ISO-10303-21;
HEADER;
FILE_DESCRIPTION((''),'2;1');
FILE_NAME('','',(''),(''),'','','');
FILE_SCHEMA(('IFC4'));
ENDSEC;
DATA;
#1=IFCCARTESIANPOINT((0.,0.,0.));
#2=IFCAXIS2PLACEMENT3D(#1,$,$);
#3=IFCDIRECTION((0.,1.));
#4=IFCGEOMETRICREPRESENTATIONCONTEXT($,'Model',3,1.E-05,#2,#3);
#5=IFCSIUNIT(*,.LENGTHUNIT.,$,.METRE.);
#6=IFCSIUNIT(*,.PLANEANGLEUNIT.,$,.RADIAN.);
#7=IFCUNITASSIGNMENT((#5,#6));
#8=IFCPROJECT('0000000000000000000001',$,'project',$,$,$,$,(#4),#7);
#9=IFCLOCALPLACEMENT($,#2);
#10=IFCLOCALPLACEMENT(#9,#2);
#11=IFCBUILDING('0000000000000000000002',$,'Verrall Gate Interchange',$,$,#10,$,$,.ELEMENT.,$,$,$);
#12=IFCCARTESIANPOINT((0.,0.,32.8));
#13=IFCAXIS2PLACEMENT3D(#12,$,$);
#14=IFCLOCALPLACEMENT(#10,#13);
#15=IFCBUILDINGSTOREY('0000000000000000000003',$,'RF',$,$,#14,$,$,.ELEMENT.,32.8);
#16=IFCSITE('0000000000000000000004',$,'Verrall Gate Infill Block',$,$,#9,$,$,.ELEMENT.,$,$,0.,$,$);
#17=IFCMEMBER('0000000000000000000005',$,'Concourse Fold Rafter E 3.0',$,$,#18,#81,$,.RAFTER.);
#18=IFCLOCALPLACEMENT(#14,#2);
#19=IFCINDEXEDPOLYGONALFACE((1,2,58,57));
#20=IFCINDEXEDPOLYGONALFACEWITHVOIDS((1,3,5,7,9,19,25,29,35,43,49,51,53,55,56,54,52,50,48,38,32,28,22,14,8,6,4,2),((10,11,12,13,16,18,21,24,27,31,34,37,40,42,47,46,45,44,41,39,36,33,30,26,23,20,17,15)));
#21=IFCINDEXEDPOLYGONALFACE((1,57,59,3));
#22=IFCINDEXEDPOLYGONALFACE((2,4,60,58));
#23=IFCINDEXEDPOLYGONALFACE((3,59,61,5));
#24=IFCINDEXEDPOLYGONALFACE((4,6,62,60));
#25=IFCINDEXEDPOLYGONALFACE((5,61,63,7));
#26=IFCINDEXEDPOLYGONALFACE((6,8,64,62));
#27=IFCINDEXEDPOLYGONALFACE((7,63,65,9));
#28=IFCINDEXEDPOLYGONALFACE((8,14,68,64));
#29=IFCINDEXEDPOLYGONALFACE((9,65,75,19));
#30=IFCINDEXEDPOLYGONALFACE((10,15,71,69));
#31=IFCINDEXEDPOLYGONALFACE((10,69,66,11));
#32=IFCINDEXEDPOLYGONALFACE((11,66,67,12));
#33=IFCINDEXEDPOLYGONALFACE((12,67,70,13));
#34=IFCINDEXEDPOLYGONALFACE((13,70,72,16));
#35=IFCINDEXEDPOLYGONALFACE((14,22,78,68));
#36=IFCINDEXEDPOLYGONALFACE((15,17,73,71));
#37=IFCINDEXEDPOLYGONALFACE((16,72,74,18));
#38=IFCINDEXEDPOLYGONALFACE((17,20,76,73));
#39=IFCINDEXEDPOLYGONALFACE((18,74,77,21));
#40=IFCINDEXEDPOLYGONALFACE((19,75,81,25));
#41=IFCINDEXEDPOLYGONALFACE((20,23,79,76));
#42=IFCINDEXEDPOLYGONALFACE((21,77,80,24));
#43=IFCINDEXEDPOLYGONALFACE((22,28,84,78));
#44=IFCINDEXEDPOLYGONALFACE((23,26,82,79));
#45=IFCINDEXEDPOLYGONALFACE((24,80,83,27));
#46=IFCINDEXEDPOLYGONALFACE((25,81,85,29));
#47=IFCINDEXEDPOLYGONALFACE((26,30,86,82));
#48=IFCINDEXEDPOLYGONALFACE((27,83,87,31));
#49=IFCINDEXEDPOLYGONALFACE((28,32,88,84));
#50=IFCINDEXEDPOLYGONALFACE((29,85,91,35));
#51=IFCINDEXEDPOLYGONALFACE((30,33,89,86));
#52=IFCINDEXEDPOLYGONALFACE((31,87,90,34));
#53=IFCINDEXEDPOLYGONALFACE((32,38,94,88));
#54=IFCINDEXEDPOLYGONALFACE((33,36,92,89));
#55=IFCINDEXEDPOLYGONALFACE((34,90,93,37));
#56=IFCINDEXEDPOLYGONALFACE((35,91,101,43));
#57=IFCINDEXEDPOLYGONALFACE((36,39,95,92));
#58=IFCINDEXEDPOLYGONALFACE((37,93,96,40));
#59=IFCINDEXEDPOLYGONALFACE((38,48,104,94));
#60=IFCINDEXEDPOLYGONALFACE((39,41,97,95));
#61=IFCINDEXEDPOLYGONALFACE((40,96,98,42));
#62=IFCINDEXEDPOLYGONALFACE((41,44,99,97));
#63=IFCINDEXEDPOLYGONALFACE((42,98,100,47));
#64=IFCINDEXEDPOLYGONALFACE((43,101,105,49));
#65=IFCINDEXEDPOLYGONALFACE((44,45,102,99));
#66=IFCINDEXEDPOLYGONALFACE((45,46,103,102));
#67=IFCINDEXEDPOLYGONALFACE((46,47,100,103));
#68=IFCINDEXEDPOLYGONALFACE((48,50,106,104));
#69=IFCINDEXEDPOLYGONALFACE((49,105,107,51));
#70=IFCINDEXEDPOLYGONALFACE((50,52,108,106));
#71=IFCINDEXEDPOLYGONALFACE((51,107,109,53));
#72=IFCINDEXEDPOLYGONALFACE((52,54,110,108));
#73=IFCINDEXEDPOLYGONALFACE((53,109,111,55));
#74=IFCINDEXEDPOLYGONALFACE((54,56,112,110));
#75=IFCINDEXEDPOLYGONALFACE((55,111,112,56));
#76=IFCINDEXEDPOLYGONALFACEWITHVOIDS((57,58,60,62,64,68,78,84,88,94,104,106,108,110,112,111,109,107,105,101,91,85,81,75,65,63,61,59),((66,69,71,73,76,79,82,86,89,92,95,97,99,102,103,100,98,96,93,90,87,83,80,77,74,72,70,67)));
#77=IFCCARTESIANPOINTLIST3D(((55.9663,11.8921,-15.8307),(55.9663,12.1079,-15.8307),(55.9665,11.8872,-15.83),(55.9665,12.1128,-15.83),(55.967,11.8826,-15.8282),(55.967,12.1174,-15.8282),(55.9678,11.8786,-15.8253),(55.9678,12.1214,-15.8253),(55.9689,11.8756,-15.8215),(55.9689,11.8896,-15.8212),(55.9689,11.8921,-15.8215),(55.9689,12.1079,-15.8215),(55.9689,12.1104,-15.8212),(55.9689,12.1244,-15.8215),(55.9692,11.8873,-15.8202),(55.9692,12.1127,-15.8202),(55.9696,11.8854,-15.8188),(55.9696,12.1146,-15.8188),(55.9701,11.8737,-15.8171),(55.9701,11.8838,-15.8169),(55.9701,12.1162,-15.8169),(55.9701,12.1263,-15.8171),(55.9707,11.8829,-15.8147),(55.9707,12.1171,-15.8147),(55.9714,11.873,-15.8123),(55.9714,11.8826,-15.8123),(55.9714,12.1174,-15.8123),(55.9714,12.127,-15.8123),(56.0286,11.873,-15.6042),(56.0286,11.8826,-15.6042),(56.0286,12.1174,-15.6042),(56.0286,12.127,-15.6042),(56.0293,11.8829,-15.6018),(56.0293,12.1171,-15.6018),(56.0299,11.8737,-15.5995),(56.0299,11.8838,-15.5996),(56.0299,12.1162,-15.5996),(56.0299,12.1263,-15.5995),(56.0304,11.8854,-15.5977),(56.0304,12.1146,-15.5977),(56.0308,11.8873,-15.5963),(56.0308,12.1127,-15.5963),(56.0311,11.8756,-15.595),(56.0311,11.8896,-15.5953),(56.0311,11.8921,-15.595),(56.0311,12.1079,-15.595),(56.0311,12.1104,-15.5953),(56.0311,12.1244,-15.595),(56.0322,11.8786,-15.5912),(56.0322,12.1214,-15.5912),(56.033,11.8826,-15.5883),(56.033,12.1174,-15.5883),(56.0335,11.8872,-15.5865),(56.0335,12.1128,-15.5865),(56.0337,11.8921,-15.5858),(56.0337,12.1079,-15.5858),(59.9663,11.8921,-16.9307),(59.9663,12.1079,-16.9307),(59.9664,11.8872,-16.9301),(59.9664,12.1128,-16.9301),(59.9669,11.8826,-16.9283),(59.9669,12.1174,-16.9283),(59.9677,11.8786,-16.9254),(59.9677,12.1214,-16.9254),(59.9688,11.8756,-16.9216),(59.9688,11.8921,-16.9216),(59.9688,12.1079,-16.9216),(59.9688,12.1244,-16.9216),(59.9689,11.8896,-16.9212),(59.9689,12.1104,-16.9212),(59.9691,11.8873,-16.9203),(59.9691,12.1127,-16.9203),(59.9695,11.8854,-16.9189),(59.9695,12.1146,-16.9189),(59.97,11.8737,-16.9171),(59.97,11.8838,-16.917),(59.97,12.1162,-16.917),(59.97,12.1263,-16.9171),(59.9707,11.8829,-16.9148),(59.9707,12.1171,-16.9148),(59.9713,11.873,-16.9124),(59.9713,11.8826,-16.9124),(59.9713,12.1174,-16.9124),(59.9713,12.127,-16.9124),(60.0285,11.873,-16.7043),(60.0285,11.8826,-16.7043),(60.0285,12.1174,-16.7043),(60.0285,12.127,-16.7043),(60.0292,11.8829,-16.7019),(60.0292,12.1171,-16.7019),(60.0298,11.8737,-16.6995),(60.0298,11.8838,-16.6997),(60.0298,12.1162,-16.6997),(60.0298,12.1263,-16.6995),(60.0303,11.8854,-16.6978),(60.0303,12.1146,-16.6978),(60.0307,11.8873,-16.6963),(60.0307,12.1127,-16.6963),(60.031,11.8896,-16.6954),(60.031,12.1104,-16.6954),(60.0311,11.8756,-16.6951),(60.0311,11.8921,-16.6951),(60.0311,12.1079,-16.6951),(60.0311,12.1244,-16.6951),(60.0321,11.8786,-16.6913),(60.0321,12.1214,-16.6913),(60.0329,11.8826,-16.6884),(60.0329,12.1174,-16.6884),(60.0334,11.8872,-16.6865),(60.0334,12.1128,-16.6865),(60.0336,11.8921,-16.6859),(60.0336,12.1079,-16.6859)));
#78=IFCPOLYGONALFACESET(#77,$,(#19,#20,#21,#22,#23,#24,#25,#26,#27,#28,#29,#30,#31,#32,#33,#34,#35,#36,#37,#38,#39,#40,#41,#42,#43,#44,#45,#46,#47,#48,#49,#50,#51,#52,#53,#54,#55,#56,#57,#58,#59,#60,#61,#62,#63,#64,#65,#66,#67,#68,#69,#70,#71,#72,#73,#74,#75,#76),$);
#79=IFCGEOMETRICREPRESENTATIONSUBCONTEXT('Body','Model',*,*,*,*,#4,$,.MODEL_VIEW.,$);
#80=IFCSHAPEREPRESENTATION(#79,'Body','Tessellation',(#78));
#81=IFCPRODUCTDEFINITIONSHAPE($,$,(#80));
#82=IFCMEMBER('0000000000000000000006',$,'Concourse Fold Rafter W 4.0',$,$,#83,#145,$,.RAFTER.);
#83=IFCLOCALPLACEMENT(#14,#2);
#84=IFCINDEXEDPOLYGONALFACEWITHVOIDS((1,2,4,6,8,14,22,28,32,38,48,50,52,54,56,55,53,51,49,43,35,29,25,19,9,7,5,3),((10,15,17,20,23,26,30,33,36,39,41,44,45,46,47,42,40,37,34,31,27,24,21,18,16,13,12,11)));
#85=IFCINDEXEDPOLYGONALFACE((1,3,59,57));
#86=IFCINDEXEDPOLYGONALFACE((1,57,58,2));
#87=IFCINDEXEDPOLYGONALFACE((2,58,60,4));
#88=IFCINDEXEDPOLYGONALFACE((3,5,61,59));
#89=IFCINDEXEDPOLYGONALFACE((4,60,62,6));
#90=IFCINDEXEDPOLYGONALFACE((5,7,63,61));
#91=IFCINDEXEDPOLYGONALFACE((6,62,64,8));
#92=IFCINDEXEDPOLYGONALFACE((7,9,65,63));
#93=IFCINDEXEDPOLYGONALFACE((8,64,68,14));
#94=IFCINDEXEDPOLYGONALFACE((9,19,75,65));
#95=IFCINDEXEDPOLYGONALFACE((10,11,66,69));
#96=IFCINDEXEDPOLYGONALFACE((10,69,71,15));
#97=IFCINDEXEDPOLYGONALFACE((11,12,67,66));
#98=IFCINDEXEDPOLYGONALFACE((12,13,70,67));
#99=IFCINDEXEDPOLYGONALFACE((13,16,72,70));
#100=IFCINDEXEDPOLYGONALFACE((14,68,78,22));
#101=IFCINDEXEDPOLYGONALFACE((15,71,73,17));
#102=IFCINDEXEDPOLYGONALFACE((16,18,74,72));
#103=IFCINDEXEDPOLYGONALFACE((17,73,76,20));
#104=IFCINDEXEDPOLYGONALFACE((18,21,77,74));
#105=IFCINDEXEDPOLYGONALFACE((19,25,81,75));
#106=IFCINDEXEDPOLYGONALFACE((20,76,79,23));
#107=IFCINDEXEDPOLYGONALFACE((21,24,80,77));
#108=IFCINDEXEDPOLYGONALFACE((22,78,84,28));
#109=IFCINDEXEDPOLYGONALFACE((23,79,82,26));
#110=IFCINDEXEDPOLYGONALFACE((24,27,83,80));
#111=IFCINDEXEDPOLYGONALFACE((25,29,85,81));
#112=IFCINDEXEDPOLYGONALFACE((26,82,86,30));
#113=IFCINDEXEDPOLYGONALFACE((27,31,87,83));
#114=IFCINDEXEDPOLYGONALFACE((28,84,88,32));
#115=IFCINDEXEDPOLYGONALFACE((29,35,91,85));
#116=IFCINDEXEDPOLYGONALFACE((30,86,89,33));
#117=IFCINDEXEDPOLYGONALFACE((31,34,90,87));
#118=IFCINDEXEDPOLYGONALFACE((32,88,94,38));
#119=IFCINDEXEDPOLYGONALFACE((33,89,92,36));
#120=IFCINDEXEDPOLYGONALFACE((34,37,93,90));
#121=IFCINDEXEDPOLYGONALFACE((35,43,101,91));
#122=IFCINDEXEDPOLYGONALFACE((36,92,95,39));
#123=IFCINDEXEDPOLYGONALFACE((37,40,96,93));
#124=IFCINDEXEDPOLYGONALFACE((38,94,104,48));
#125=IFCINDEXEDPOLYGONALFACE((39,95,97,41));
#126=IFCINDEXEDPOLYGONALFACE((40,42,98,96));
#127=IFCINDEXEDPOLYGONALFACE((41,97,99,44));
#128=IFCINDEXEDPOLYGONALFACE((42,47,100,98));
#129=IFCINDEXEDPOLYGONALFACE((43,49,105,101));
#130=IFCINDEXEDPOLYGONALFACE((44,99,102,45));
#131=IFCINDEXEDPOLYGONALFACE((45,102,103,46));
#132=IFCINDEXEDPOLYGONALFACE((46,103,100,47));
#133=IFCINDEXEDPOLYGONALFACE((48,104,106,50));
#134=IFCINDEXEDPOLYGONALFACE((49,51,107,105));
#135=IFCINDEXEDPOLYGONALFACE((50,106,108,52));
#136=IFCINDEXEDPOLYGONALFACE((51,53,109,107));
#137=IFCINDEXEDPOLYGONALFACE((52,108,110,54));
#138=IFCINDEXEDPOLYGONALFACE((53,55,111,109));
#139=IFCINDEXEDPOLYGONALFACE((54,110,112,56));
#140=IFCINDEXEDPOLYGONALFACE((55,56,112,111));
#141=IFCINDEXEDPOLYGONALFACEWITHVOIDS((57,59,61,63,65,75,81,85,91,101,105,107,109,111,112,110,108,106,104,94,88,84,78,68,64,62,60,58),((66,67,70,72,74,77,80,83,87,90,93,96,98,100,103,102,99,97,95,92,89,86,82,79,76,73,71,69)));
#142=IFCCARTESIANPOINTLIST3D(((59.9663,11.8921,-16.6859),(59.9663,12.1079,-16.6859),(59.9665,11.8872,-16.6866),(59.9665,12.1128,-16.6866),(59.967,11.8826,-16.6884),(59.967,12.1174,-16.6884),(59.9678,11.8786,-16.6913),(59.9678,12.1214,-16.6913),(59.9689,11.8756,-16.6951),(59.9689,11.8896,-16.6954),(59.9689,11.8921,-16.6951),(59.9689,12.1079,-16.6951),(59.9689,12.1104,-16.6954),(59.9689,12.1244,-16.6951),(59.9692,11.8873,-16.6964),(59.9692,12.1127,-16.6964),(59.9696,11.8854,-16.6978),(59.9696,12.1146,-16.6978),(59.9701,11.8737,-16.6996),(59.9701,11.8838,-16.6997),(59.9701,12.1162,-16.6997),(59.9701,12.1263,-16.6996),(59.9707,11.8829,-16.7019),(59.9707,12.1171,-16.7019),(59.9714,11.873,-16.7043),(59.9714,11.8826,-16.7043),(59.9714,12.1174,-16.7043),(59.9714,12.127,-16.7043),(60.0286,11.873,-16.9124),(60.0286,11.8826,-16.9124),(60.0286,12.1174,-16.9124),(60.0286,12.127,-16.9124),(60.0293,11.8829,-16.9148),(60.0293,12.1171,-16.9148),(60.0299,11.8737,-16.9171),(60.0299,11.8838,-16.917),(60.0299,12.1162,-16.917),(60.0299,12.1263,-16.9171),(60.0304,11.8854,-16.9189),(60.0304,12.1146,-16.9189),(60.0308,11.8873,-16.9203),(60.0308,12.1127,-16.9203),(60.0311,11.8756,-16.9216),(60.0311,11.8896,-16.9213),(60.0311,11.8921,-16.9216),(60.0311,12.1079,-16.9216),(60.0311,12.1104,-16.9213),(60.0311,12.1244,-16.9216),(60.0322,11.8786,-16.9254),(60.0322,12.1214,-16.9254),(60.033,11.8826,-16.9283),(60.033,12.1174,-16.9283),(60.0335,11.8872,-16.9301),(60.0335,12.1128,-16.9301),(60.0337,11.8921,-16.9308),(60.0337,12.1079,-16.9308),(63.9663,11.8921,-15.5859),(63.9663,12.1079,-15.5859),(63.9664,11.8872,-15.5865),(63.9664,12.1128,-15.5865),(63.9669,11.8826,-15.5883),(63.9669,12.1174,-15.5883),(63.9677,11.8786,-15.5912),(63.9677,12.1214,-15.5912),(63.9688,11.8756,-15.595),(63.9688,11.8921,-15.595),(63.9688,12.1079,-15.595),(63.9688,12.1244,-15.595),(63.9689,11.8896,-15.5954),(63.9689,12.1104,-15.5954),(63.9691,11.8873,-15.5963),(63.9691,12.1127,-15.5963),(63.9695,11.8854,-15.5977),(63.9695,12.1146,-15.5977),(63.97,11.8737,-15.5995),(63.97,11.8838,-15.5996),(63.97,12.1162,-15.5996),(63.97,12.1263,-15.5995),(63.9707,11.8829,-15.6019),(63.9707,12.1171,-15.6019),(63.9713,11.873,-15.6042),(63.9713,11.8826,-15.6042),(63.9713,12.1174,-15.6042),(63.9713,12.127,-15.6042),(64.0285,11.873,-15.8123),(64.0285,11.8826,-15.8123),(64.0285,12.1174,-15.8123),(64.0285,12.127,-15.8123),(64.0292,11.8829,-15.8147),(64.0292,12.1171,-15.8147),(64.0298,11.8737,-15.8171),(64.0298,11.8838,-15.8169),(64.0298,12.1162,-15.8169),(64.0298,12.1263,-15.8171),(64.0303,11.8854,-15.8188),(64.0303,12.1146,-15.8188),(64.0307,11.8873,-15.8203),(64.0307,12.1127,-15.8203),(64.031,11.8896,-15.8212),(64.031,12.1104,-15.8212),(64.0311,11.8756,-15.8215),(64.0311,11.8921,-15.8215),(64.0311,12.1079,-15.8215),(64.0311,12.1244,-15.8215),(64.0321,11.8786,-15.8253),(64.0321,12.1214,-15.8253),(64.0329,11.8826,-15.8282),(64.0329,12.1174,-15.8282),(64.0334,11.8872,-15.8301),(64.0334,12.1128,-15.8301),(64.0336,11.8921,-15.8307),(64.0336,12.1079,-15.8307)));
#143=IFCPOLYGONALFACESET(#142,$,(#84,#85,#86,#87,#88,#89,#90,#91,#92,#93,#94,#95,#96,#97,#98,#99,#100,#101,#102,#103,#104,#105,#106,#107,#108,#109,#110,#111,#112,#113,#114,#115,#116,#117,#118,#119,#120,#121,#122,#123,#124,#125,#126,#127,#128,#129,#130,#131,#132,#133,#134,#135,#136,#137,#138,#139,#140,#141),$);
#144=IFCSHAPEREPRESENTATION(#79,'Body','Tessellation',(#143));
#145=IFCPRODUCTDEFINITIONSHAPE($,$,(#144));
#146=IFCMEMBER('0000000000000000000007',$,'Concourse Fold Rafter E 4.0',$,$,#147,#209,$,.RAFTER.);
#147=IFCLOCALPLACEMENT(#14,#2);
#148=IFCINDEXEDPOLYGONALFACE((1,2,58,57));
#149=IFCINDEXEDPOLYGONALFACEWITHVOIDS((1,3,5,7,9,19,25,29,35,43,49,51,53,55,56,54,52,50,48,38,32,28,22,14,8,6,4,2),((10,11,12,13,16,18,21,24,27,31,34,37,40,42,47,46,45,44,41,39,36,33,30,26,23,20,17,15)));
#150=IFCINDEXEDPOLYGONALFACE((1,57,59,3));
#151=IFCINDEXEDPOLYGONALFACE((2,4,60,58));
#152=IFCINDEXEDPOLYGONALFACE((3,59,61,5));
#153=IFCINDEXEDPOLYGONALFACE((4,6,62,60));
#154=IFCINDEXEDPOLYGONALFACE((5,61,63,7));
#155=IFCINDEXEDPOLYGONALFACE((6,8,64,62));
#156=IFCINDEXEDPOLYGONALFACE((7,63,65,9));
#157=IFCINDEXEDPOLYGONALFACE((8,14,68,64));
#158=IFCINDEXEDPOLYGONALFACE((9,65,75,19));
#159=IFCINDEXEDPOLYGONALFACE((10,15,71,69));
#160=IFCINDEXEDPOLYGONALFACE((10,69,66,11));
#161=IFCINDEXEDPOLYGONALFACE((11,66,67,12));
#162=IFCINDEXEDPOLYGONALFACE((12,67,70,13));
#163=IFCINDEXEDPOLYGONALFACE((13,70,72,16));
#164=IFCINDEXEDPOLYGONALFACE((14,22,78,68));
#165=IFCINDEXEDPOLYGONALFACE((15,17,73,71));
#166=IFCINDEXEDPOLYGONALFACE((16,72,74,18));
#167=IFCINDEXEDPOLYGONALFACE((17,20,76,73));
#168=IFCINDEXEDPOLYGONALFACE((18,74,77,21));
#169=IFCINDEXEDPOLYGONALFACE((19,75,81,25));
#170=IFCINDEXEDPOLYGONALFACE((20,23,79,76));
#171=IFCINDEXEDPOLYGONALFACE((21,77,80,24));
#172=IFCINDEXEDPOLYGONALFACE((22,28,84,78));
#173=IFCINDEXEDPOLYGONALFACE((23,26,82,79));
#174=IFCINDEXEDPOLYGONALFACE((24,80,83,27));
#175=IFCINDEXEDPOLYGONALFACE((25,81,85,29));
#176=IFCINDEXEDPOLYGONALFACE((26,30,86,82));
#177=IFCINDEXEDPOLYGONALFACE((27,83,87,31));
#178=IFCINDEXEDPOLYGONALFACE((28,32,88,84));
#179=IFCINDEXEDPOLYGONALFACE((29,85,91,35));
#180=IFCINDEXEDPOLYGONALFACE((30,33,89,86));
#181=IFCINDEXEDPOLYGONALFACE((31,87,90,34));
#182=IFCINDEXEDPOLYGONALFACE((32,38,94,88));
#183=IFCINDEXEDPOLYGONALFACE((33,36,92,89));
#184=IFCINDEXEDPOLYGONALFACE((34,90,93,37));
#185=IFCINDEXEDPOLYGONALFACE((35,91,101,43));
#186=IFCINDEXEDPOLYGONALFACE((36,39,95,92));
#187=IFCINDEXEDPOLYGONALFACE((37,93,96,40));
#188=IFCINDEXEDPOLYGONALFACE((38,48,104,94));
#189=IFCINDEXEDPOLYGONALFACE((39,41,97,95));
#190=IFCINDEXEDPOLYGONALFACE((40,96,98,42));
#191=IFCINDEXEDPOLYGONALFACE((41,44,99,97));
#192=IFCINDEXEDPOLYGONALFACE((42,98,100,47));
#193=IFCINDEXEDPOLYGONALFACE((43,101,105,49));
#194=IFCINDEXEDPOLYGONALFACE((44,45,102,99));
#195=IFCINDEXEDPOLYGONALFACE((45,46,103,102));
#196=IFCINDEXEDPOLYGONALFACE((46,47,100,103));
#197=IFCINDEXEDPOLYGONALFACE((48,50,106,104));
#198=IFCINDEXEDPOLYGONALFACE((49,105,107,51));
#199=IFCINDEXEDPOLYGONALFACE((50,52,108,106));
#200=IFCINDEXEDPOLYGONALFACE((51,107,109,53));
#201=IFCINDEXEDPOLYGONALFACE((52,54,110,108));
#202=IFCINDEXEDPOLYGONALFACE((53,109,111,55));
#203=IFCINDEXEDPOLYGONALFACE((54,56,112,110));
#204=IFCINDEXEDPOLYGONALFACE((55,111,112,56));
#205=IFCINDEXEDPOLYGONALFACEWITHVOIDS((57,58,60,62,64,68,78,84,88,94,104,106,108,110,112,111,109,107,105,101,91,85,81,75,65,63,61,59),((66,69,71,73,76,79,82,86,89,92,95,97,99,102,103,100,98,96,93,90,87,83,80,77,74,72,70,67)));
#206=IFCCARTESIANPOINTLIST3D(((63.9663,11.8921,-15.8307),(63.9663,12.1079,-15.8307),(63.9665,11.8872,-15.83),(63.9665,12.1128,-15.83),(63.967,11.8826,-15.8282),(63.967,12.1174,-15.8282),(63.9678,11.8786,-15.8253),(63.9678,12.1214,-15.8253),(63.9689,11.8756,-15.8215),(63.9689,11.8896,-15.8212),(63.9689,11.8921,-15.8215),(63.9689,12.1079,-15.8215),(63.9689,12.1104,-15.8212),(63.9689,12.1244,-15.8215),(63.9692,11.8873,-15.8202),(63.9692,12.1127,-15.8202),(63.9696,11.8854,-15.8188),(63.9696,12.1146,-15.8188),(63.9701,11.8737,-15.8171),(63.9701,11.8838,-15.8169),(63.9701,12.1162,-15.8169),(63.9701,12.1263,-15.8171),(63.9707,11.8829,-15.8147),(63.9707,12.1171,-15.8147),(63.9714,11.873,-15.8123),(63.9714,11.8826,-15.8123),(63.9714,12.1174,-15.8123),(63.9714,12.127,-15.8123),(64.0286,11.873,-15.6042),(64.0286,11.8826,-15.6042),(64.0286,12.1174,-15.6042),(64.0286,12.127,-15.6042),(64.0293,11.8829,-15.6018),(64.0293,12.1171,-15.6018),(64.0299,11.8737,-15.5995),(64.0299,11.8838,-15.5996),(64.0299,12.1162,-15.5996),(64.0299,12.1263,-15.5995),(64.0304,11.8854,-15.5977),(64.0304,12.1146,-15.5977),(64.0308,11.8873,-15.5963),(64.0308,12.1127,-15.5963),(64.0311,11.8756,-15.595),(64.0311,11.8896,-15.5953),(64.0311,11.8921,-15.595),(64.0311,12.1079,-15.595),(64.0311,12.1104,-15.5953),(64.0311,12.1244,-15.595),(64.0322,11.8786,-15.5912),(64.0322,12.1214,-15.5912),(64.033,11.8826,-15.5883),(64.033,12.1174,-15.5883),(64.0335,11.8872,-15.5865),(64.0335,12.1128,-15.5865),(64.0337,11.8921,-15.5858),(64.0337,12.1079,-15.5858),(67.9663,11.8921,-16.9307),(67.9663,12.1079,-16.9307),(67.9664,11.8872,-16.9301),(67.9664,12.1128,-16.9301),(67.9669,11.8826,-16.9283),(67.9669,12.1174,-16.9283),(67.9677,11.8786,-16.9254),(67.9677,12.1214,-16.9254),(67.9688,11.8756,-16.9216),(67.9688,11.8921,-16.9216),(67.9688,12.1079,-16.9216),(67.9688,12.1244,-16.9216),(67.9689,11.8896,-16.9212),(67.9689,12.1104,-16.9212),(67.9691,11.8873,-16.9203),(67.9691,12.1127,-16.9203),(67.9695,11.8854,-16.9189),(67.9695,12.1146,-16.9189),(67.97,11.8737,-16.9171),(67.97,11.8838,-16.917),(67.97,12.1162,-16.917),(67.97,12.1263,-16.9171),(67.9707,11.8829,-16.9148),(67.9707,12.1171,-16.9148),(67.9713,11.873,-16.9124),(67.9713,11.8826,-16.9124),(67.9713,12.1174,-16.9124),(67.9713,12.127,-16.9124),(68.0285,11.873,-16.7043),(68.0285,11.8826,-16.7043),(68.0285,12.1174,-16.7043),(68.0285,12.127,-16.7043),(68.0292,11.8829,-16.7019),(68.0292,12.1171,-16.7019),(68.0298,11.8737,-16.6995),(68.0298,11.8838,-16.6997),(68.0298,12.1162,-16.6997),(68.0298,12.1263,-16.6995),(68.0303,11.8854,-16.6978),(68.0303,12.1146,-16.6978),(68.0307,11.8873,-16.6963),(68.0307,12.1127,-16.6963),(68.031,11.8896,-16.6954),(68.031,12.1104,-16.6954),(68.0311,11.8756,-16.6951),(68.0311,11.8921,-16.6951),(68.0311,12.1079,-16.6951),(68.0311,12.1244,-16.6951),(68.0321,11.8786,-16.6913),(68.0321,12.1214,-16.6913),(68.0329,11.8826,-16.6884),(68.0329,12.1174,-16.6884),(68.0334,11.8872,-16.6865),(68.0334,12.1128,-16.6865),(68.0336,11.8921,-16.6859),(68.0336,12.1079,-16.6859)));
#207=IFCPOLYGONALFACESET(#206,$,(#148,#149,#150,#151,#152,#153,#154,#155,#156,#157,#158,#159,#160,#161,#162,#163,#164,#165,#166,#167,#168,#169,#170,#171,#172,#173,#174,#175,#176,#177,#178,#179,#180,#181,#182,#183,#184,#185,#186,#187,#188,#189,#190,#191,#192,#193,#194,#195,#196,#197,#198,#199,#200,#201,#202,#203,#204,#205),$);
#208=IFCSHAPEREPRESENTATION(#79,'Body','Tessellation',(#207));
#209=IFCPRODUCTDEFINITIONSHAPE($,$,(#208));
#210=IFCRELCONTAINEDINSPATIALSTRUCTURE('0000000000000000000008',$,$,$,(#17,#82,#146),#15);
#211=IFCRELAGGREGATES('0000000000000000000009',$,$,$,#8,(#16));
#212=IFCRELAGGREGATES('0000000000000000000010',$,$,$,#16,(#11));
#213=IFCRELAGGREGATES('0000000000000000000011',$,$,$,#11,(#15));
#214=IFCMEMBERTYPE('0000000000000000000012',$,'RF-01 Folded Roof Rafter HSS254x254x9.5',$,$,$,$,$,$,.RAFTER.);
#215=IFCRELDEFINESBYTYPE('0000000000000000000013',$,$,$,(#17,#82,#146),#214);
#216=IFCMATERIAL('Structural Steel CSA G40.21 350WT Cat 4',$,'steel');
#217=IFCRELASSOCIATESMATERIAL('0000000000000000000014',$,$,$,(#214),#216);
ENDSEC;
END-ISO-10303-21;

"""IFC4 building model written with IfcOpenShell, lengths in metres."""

from ifc_helpers import new_model, si_unit, direction, frame, origin, origin_2d, place, context, subcontext, project, spatial, hollow_rectangle, extrude, material, material_profile, profile_set, type_object, element, save


model = new_model("IFC4")

# Units and contexts
model_context = context("Model", 3, precision=1e-05, world=origin(), true_north=direction((0.0, 1.0)))
body_context = subcontext(model_context, "Body", "Model", "MODEL_VIEW")
ifc_project = project(units=[si_unit("LENGTHUNIT", "METRE"), si_unit("PLANEANGLEUNIT", "RADIAN")], contexts=[model_context])

# Site, building, storey
site_placement = place(None, origin())
site = spatial("IfcSite", under=ifc_project, at=site_placement, Name="Verrall Gate Infill Block", CompositionType="ELEMENT", RefElevation=0.0)
building_placement = place(site_placement, origin())
building = spatial("IfcBuilding", under=site, at=building_placement, Name="Verrall Gate Interchange", CompositionType="ELEMENT")
storey_placement = place(building_placement, frame((0.0, 0.0, 32.8)))
storey = spatial("IfcBuildingStorey", under=building, at=storey_placement, Name="RF", CompositionType="ELEMENT", Elevation=32.8)

# Members
ifc_material_1 = material(Name="Structural Steel CSA G40.21 350WT Cat 4", Category="steel")
ifc_material_profile_1 = material_profile(ifc_material_1, hollow_rectangle(XDim=0.2539, YDim=0.2539, WallThickness=0.0095, InnerFilletRadius=0.0095, OuterFilletRadius=0.019, at=origin_2d()), Name="HSS254x254x9.5")
ifc_profile_set_1 = profile_set([ifc_material_profile_1], Name="Structural Steel CSA G40.21 350WT Cat 4")
member_type_1 = type_object("IfcMemberType", Name="RF-01 Folded Roof Rafter HSS254x254x9.5", PredefinedType="RAFTER", material=ifc_profile_set_1)
for number, where, z_axis, x_axis, name in (
    (1, (56.0, 12.0, -15.7083), (0.964199, 0.0, -0.265178), (0.0, 1.0, 0.0), "Concourse Fold Rafter E 3.0"),
    (2, (60.0, 12.0, -16.8083), (0.964199, 0.0, 0.265178), (0.0, 1.0, 0.0), "Concourse Fold Rafter W 4.0"),
    (3, (64.0, 12.0, -15.7083), (0.964199, 0.0, -0.265178), (0.0, 1.0, 0.0), "Concourse Fold Rafter E 4.0"),
):
    element("IfcMember", number, at=place(storey_placement, frame(where, z_axis=z_axis, x_axis=x_axis)), inside=storey, type_object=member_type_1, Name=name, PredefinedType="RAFTER", context=body_context, shape_type="SweptSolid", body=[
        extrude(hollow_rectangle(XDim=0.2539, YDim=0.2539, WallThickness=0.0095, InnerFilletRadius=0.0095, OuterFilletRadius=0.019, at=origin_2d()), origin(), (0.0, 0.0, 1.0), 4.1484),
    ])

save(model, "model.ifc")
